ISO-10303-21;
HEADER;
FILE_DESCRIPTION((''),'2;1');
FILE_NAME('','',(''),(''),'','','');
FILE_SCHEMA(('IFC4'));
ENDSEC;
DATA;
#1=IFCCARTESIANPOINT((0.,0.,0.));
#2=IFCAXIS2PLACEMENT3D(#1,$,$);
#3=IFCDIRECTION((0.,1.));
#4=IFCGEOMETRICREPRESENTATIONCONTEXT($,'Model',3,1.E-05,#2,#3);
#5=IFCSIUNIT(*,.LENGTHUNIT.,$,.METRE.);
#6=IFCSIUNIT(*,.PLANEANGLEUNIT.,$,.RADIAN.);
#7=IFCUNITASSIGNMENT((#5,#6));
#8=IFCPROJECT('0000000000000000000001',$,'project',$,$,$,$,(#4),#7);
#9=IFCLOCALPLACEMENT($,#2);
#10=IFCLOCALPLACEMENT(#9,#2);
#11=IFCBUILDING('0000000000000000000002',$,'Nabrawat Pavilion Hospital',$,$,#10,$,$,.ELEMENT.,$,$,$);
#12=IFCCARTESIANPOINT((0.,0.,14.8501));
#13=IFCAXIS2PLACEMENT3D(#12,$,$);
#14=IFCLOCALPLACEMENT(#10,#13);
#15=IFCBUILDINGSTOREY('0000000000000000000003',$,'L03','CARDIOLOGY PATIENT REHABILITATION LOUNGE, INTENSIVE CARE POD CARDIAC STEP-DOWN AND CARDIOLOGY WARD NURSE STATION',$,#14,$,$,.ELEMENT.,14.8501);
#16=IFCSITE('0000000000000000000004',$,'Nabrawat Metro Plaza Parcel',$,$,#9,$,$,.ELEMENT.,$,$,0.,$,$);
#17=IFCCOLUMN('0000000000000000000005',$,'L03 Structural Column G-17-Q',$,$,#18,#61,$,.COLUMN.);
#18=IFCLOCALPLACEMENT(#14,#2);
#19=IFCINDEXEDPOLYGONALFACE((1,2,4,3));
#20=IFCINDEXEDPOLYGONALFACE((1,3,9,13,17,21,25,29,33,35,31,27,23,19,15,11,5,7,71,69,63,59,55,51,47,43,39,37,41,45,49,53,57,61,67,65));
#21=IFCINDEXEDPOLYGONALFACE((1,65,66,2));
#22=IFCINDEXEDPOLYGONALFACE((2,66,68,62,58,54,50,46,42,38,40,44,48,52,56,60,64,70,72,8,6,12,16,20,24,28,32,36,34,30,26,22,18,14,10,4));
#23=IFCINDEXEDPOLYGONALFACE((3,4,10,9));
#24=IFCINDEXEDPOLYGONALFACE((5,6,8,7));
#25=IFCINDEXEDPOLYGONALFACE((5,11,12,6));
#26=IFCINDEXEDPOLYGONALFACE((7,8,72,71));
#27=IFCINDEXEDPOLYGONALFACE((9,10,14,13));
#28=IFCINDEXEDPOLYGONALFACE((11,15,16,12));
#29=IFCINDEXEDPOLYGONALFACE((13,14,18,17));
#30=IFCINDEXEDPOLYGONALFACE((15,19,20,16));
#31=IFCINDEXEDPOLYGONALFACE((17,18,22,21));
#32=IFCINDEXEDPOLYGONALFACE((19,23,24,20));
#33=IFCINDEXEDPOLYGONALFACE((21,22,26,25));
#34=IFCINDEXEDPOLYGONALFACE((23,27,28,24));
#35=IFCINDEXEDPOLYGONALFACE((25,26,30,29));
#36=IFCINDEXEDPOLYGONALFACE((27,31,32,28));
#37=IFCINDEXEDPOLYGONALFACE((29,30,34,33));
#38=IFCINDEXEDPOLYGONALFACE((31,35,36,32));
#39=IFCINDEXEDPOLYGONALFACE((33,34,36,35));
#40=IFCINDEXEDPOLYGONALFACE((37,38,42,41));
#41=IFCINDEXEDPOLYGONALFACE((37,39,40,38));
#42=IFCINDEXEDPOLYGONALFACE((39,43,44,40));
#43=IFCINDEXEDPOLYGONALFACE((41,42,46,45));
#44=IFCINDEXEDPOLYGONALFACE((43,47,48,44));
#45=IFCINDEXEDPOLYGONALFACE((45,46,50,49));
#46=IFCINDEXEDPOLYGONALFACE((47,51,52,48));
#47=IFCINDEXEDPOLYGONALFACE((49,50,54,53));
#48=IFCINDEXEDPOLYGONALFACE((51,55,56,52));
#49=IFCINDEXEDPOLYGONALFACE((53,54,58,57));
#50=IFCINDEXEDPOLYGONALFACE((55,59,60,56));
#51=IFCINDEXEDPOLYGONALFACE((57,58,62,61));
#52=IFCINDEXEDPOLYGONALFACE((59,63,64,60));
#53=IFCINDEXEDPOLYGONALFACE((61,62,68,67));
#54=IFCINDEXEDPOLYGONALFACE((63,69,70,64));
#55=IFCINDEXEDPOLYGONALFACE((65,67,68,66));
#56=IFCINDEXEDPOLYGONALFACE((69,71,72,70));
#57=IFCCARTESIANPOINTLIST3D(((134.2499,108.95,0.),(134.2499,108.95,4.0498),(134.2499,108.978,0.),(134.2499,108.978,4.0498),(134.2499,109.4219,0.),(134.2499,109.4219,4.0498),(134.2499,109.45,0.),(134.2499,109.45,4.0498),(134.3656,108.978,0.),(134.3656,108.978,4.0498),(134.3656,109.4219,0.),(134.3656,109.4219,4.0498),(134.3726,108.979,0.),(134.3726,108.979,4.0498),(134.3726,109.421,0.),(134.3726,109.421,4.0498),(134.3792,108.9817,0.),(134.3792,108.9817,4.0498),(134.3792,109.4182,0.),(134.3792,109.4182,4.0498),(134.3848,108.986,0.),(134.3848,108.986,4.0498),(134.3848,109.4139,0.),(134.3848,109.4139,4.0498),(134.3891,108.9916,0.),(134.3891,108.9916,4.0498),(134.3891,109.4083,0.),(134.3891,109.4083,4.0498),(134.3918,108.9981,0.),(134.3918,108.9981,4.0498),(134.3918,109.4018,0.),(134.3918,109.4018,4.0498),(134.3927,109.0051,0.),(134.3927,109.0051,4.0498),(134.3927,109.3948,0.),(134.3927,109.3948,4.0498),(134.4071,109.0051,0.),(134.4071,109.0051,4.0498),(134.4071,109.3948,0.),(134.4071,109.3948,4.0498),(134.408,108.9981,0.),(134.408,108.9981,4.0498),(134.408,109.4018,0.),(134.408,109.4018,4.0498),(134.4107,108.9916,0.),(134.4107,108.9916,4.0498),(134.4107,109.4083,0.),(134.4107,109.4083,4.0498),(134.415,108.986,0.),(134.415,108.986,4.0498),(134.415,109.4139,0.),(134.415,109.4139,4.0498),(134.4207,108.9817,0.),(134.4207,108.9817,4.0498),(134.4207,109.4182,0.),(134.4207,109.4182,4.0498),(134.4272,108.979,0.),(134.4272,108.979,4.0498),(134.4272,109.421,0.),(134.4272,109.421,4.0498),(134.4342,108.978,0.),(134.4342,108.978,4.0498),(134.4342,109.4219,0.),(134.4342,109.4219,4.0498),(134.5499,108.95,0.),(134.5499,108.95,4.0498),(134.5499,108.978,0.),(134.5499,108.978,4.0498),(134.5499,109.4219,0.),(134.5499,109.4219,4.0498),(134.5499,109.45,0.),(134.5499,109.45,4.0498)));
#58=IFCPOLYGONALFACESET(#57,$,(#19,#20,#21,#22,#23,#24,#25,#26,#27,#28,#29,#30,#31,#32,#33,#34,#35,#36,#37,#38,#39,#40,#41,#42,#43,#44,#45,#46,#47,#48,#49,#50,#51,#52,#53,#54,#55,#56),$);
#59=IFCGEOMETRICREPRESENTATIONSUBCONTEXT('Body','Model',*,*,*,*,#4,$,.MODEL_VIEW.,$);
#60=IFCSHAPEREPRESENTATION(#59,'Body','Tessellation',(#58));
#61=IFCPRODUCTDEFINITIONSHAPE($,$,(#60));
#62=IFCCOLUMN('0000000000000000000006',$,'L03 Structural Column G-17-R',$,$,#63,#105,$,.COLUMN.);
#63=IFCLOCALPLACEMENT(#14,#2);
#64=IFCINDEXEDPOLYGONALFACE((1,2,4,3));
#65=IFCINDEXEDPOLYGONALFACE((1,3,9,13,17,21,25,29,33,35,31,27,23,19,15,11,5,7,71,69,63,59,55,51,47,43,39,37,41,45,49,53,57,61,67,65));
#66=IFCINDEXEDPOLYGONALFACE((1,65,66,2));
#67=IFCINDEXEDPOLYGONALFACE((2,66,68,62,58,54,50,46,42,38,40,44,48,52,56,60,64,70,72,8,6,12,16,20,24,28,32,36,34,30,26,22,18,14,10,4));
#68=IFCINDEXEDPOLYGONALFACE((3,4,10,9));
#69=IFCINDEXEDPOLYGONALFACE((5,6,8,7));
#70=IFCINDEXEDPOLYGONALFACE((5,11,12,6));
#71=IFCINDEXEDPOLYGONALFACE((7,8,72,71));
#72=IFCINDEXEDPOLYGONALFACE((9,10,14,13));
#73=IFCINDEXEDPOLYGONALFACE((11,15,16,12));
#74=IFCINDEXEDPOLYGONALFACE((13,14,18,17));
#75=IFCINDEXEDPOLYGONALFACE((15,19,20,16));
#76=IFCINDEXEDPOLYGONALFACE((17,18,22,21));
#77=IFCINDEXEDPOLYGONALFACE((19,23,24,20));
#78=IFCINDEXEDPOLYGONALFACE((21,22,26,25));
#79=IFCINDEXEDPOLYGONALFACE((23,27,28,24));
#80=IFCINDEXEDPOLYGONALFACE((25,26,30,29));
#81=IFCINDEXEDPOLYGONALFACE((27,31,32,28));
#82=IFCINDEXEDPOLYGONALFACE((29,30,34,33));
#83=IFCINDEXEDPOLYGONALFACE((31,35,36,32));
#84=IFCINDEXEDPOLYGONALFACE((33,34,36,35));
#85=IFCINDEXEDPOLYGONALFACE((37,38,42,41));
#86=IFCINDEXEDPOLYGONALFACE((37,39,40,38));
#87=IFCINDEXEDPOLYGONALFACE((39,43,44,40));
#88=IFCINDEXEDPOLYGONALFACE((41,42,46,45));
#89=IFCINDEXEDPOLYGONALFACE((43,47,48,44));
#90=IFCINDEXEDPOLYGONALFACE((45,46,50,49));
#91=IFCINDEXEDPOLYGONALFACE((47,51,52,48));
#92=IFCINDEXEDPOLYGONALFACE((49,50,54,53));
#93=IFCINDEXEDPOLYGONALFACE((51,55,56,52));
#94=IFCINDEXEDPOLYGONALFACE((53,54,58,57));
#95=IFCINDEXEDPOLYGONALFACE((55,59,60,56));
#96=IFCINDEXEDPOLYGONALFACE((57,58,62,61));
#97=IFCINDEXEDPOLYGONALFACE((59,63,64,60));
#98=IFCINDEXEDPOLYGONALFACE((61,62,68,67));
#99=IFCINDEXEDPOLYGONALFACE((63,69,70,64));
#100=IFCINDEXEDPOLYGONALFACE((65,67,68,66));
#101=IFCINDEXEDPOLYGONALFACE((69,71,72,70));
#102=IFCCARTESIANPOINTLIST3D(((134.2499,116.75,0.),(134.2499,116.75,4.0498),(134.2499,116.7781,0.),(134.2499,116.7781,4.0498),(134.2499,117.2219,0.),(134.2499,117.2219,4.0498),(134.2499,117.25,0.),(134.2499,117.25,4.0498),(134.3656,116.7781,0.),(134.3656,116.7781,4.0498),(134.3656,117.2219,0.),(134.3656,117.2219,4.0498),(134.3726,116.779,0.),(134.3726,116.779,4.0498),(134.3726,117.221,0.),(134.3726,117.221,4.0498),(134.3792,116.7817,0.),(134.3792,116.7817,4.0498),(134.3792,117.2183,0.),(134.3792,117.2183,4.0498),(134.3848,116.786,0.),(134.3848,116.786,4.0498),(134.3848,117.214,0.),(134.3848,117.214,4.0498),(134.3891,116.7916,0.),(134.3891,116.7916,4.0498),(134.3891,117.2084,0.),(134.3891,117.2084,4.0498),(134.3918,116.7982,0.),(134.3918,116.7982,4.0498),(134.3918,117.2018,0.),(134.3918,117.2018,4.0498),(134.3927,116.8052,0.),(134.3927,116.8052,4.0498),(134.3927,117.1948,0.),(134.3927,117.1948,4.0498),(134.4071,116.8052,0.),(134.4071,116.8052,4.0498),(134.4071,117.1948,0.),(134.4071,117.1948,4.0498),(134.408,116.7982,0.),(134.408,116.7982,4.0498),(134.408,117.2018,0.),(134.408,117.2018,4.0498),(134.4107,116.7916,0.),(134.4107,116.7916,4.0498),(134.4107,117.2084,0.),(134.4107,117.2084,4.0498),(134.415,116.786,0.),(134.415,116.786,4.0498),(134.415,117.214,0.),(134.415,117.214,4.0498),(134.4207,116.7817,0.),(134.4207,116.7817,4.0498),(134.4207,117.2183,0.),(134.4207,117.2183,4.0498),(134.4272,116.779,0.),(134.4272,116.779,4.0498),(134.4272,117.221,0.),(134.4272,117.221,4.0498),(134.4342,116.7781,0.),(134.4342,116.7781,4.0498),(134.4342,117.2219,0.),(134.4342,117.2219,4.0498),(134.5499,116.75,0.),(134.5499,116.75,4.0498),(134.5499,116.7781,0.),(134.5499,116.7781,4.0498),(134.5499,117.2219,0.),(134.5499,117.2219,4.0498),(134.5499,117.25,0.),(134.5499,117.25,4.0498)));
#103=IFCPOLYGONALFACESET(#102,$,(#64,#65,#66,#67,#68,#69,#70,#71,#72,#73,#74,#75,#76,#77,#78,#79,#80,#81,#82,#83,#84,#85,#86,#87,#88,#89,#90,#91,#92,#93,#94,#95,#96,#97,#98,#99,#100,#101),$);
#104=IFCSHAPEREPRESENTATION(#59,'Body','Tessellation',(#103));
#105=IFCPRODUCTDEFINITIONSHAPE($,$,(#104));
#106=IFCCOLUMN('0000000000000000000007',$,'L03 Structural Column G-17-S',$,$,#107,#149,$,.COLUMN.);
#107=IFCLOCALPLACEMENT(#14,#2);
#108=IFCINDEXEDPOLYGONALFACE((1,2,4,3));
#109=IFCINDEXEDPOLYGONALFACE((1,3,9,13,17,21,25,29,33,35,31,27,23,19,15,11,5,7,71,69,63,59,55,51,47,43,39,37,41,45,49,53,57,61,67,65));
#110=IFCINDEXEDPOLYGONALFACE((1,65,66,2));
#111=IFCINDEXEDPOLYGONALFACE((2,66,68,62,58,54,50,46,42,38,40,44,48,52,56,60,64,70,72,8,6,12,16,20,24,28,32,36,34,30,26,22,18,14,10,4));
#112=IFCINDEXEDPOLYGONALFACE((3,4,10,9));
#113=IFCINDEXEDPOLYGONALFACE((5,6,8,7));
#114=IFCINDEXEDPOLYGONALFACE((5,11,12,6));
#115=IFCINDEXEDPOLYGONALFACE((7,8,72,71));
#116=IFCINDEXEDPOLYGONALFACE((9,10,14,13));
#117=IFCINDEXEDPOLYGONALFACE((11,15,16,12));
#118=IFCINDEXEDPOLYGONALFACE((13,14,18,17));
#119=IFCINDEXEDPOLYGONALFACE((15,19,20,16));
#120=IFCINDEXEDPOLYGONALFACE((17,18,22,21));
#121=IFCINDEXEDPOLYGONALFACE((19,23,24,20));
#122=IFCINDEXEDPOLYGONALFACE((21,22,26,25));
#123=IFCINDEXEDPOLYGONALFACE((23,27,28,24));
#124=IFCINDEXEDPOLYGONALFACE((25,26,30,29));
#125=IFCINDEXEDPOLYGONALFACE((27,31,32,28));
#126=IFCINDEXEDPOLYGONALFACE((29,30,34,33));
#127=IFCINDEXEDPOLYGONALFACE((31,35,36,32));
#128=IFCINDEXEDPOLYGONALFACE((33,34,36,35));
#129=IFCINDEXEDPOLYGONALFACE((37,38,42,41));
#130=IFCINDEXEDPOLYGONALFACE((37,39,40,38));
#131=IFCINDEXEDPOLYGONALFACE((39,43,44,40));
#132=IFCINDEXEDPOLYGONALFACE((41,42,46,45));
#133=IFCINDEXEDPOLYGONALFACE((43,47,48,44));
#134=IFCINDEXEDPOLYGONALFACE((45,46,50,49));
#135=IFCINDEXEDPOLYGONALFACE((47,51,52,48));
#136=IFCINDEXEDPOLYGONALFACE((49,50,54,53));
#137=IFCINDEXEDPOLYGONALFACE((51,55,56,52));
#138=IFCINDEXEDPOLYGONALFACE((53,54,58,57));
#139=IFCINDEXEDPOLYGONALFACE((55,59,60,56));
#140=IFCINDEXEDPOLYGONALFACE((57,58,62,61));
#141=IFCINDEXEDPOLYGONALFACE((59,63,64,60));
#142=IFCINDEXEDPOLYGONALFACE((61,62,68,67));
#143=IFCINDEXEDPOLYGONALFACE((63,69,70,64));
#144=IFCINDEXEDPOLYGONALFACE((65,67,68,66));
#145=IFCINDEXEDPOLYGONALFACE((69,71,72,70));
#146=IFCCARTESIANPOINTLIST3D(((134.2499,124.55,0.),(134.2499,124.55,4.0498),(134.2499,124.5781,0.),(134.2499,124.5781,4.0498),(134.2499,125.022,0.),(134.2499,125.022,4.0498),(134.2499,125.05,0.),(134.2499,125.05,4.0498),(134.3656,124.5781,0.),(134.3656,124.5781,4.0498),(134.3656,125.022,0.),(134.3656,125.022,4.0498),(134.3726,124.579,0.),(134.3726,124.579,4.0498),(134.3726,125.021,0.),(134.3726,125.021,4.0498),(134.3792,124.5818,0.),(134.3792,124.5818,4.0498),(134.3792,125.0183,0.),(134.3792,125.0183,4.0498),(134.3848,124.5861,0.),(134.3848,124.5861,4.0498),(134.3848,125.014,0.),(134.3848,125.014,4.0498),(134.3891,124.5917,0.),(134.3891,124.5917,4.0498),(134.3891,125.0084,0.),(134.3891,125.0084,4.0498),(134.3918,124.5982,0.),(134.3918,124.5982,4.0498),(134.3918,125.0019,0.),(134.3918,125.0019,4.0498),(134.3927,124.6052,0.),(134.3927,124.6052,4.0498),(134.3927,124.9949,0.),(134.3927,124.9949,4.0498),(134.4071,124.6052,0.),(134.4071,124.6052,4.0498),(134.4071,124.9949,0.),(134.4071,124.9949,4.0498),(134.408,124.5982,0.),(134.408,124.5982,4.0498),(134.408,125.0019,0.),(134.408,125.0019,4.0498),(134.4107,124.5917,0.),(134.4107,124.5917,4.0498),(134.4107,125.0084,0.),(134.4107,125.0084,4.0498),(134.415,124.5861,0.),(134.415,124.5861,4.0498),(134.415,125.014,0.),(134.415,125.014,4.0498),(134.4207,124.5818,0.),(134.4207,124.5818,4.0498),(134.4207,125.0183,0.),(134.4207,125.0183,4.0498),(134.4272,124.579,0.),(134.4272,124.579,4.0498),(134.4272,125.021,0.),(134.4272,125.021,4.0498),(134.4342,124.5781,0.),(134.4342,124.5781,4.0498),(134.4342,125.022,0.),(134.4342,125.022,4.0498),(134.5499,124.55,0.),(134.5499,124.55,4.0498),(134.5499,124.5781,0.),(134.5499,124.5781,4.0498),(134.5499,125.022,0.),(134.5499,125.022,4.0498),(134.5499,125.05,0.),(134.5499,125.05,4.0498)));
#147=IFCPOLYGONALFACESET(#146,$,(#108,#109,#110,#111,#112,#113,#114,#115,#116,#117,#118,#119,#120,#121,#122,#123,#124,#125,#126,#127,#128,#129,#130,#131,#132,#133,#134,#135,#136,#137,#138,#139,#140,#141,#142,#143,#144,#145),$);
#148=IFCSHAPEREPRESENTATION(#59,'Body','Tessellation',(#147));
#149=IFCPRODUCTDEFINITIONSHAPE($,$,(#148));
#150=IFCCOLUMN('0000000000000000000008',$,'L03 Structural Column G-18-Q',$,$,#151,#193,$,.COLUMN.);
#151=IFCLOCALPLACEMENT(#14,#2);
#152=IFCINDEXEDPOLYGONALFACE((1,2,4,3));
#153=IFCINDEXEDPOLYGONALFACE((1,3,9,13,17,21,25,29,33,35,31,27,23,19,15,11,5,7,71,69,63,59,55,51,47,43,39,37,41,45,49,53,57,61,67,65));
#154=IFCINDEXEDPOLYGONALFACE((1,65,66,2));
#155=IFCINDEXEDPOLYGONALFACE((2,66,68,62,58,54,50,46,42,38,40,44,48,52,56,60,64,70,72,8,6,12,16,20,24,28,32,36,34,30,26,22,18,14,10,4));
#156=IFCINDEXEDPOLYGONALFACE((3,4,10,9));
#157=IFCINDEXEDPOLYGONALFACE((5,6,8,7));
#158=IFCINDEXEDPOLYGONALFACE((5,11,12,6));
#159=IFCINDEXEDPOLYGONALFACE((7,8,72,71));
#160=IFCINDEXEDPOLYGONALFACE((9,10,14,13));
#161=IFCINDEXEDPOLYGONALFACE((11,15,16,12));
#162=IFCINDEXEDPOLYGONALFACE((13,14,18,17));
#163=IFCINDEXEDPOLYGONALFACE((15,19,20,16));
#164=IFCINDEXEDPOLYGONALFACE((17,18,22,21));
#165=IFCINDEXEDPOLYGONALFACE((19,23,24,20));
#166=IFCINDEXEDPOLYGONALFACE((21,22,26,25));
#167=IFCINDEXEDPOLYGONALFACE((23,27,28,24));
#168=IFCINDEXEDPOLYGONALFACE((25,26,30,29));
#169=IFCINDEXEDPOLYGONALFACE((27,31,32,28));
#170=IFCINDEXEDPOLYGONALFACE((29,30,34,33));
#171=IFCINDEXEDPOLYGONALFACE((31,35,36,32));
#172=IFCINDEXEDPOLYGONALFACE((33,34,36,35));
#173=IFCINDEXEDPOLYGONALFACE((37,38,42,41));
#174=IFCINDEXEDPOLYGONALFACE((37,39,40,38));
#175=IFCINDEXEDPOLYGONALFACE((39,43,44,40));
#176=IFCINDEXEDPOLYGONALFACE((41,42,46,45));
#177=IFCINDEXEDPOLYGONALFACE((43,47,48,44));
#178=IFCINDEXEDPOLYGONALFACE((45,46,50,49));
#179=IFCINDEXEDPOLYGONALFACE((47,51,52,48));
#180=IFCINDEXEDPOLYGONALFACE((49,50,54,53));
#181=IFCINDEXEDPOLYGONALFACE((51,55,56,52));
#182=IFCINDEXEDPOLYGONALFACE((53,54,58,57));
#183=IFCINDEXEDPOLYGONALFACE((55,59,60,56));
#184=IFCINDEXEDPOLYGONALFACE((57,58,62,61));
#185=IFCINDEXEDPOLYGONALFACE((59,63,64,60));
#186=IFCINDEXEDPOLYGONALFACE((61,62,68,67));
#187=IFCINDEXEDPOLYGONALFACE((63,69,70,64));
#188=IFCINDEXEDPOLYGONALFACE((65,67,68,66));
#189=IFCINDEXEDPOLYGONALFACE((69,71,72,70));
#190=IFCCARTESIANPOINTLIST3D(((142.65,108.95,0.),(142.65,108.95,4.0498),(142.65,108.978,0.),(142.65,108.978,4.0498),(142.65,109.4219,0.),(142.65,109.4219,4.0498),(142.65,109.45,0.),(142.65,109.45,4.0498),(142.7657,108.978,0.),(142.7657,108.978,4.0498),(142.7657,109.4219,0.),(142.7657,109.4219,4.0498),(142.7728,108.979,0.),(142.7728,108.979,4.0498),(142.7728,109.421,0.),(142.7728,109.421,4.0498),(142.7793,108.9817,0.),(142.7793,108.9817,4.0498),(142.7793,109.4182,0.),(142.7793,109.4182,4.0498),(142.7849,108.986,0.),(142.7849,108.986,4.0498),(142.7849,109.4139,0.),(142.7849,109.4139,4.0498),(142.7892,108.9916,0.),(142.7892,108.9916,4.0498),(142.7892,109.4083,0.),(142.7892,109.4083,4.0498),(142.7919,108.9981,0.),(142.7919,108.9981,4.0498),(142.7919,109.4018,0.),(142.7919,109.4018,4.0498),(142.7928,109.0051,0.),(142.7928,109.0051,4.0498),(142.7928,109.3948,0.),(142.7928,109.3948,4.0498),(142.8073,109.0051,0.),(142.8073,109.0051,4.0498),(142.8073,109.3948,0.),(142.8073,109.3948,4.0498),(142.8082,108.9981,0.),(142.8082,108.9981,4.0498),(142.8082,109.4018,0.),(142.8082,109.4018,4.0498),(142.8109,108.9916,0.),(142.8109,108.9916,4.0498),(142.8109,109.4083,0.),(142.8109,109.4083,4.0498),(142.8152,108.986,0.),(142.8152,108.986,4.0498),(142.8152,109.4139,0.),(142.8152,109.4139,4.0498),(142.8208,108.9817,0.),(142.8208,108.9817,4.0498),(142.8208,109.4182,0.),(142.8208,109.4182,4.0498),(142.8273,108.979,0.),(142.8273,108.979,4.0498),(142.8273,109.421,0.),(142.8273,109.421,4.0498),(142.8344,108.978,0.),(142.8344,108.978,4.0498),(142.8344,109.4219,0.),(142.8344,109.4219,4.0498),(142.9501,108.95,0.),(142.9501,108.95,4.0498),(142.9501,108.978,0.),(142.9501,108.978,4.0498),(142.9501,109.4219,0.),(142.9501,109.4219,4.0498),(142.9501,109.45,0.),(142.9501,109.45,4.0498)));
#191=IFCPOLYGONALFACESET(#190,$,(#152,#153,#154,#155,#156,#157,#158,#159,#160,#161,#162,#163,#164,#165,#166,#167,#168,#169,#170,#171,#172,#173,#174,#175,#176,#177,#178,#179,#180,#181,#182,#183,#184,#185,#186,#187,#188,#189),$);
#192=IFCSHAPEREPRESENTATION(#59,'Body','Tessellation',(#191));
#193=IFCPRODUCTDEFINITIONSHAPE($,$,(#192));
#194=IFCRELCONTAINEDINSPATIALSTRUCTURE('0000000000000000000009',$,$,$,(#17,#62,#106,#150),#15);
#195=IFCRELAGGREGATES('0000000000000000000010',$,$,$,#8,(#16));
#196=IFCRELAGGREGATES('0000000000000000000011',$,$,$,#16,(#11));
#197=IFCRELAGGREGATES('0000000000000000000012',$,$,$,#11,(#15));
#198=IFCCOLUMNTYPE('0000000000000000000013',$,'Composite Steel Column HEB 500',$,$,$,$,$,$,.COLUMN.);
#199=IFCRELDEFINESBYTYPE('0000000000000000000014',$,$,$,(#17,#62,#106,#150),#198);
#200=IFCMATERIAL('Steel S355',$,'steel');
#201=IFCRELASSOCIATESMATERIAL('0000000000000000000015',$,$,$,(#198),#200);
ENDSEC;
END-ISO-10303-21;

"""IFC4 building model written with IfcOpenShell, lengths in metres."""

from ifc_helpers import new_model, si_unit, direction, frame, origin, origin_2d, place, context, subcontext, project, spatial, i_section, extrude, material, material_profile, profile_set, type_object, element, save


model = new_model("IFC4")

# Units and contexts
model_context = context("Model", 3, precision=1e-05, world=origin(), true_north=direction((0.0, 1.0)))
body_context = subcontext(model_context, "Body", "Model", "MODEL_VIEW")
ifc_project = project(units=[si_unit("LENGTHUNIT", "METRE"), si_unit("PLANEANGLEUNIT", "RADIAN")], contexts=[model_context])

# Site, building, storey
site_placement = place(None, origin())
site = spatial("IfcSite", under=ifc_project, at=site_placement, Name="Nabrawat Metro Plaza Parcel", CompositionType="ELEMENT", RefElevation=0.0)
building_placement = place(site_placement, origin())
building = spatial("IfcBuilding", under=site, at=building_placement, Name="Nabrawat Pavilion Hospital", CompositionType="ELEMENT")
storey_placement = place(building_placement, frame((0.0, 0.0, 14.8501)))
storey = spatial("IfcBuildingStorey", under=building, at=storey_placement, Name="L03", Description="CARDIOLOGY PATIENT REHABILITATION LOUNGE, INTENSIVE CARE POD CARDIAC STEP-DOWN AND CARDIOLOGY WARD NURSE STATION", CompositionType="ELEMENT", Elevation=14.8501)

# Columns
ifc_material_1 = material(Name="Steel S355", Category="steel")
ifc_material_profile_1 = material_profile(ifc_material_1, i_section(OverallWidth=0.3, OverallDepth=0.5, WebThickness=0.0144, FlangeThickness=0.0281, FilletRadius=0.0271, at=origin_2d()), Name="HEB 500")
ifc_profile_set_1 = profile_set([ifc_material_profile_1], Name="Steel S355")
column_type = type_object("IfcColumnType", Name="Composite Steel Column HEB 500", PredefinedType="COLUMN", material=ifc_profile_set_1)
for number, where, z_axis, x_axis, name in (
    (1, (134.3999, 109.2, 0.0), (0.0, 0.0, 1.0), (1.0, 0.0, 0.0), "L03 Structural Column G-17-Q"),
    (2, (134.3999, 117.0, 0.0), (0.0, 0.0, 1.0), (1.0, 0.0, 0.0), "L03 Structural Column G-17-R"),
    (3, (134.3999, 124.8, 0.0), (0.0, 0.0, 1.0), (1.0, 0.0, 0.0), "L03 Structural Column G-17-S"),
    (4, (142.8, 109.2, 0.0), (0.0, 0.0, 1.0), (1.0, 0.0, 0.0), "L03 Structural Column G-18-Q"),
):
    element("IfcColumn", number, at=place(storey_placement, frame(where, z_axis=z_axis, x_axis=x_axis)), inside=storey, type_object=column_type, Name=name, PredefinedType="COLUMN", context=body_context, shape_type="SweptSolid", body=[
        extrude(i_section(OverallWidth=0.3, OverallDepth=0.5, WebThickness=0.0144, FlangeThickness=0.0281, FilletRadius=0.0271, at=origin_2d()), origin(), (0.0, 0.0, 1.0), 4.0498),
    ])

save(model, "model.ifc")
